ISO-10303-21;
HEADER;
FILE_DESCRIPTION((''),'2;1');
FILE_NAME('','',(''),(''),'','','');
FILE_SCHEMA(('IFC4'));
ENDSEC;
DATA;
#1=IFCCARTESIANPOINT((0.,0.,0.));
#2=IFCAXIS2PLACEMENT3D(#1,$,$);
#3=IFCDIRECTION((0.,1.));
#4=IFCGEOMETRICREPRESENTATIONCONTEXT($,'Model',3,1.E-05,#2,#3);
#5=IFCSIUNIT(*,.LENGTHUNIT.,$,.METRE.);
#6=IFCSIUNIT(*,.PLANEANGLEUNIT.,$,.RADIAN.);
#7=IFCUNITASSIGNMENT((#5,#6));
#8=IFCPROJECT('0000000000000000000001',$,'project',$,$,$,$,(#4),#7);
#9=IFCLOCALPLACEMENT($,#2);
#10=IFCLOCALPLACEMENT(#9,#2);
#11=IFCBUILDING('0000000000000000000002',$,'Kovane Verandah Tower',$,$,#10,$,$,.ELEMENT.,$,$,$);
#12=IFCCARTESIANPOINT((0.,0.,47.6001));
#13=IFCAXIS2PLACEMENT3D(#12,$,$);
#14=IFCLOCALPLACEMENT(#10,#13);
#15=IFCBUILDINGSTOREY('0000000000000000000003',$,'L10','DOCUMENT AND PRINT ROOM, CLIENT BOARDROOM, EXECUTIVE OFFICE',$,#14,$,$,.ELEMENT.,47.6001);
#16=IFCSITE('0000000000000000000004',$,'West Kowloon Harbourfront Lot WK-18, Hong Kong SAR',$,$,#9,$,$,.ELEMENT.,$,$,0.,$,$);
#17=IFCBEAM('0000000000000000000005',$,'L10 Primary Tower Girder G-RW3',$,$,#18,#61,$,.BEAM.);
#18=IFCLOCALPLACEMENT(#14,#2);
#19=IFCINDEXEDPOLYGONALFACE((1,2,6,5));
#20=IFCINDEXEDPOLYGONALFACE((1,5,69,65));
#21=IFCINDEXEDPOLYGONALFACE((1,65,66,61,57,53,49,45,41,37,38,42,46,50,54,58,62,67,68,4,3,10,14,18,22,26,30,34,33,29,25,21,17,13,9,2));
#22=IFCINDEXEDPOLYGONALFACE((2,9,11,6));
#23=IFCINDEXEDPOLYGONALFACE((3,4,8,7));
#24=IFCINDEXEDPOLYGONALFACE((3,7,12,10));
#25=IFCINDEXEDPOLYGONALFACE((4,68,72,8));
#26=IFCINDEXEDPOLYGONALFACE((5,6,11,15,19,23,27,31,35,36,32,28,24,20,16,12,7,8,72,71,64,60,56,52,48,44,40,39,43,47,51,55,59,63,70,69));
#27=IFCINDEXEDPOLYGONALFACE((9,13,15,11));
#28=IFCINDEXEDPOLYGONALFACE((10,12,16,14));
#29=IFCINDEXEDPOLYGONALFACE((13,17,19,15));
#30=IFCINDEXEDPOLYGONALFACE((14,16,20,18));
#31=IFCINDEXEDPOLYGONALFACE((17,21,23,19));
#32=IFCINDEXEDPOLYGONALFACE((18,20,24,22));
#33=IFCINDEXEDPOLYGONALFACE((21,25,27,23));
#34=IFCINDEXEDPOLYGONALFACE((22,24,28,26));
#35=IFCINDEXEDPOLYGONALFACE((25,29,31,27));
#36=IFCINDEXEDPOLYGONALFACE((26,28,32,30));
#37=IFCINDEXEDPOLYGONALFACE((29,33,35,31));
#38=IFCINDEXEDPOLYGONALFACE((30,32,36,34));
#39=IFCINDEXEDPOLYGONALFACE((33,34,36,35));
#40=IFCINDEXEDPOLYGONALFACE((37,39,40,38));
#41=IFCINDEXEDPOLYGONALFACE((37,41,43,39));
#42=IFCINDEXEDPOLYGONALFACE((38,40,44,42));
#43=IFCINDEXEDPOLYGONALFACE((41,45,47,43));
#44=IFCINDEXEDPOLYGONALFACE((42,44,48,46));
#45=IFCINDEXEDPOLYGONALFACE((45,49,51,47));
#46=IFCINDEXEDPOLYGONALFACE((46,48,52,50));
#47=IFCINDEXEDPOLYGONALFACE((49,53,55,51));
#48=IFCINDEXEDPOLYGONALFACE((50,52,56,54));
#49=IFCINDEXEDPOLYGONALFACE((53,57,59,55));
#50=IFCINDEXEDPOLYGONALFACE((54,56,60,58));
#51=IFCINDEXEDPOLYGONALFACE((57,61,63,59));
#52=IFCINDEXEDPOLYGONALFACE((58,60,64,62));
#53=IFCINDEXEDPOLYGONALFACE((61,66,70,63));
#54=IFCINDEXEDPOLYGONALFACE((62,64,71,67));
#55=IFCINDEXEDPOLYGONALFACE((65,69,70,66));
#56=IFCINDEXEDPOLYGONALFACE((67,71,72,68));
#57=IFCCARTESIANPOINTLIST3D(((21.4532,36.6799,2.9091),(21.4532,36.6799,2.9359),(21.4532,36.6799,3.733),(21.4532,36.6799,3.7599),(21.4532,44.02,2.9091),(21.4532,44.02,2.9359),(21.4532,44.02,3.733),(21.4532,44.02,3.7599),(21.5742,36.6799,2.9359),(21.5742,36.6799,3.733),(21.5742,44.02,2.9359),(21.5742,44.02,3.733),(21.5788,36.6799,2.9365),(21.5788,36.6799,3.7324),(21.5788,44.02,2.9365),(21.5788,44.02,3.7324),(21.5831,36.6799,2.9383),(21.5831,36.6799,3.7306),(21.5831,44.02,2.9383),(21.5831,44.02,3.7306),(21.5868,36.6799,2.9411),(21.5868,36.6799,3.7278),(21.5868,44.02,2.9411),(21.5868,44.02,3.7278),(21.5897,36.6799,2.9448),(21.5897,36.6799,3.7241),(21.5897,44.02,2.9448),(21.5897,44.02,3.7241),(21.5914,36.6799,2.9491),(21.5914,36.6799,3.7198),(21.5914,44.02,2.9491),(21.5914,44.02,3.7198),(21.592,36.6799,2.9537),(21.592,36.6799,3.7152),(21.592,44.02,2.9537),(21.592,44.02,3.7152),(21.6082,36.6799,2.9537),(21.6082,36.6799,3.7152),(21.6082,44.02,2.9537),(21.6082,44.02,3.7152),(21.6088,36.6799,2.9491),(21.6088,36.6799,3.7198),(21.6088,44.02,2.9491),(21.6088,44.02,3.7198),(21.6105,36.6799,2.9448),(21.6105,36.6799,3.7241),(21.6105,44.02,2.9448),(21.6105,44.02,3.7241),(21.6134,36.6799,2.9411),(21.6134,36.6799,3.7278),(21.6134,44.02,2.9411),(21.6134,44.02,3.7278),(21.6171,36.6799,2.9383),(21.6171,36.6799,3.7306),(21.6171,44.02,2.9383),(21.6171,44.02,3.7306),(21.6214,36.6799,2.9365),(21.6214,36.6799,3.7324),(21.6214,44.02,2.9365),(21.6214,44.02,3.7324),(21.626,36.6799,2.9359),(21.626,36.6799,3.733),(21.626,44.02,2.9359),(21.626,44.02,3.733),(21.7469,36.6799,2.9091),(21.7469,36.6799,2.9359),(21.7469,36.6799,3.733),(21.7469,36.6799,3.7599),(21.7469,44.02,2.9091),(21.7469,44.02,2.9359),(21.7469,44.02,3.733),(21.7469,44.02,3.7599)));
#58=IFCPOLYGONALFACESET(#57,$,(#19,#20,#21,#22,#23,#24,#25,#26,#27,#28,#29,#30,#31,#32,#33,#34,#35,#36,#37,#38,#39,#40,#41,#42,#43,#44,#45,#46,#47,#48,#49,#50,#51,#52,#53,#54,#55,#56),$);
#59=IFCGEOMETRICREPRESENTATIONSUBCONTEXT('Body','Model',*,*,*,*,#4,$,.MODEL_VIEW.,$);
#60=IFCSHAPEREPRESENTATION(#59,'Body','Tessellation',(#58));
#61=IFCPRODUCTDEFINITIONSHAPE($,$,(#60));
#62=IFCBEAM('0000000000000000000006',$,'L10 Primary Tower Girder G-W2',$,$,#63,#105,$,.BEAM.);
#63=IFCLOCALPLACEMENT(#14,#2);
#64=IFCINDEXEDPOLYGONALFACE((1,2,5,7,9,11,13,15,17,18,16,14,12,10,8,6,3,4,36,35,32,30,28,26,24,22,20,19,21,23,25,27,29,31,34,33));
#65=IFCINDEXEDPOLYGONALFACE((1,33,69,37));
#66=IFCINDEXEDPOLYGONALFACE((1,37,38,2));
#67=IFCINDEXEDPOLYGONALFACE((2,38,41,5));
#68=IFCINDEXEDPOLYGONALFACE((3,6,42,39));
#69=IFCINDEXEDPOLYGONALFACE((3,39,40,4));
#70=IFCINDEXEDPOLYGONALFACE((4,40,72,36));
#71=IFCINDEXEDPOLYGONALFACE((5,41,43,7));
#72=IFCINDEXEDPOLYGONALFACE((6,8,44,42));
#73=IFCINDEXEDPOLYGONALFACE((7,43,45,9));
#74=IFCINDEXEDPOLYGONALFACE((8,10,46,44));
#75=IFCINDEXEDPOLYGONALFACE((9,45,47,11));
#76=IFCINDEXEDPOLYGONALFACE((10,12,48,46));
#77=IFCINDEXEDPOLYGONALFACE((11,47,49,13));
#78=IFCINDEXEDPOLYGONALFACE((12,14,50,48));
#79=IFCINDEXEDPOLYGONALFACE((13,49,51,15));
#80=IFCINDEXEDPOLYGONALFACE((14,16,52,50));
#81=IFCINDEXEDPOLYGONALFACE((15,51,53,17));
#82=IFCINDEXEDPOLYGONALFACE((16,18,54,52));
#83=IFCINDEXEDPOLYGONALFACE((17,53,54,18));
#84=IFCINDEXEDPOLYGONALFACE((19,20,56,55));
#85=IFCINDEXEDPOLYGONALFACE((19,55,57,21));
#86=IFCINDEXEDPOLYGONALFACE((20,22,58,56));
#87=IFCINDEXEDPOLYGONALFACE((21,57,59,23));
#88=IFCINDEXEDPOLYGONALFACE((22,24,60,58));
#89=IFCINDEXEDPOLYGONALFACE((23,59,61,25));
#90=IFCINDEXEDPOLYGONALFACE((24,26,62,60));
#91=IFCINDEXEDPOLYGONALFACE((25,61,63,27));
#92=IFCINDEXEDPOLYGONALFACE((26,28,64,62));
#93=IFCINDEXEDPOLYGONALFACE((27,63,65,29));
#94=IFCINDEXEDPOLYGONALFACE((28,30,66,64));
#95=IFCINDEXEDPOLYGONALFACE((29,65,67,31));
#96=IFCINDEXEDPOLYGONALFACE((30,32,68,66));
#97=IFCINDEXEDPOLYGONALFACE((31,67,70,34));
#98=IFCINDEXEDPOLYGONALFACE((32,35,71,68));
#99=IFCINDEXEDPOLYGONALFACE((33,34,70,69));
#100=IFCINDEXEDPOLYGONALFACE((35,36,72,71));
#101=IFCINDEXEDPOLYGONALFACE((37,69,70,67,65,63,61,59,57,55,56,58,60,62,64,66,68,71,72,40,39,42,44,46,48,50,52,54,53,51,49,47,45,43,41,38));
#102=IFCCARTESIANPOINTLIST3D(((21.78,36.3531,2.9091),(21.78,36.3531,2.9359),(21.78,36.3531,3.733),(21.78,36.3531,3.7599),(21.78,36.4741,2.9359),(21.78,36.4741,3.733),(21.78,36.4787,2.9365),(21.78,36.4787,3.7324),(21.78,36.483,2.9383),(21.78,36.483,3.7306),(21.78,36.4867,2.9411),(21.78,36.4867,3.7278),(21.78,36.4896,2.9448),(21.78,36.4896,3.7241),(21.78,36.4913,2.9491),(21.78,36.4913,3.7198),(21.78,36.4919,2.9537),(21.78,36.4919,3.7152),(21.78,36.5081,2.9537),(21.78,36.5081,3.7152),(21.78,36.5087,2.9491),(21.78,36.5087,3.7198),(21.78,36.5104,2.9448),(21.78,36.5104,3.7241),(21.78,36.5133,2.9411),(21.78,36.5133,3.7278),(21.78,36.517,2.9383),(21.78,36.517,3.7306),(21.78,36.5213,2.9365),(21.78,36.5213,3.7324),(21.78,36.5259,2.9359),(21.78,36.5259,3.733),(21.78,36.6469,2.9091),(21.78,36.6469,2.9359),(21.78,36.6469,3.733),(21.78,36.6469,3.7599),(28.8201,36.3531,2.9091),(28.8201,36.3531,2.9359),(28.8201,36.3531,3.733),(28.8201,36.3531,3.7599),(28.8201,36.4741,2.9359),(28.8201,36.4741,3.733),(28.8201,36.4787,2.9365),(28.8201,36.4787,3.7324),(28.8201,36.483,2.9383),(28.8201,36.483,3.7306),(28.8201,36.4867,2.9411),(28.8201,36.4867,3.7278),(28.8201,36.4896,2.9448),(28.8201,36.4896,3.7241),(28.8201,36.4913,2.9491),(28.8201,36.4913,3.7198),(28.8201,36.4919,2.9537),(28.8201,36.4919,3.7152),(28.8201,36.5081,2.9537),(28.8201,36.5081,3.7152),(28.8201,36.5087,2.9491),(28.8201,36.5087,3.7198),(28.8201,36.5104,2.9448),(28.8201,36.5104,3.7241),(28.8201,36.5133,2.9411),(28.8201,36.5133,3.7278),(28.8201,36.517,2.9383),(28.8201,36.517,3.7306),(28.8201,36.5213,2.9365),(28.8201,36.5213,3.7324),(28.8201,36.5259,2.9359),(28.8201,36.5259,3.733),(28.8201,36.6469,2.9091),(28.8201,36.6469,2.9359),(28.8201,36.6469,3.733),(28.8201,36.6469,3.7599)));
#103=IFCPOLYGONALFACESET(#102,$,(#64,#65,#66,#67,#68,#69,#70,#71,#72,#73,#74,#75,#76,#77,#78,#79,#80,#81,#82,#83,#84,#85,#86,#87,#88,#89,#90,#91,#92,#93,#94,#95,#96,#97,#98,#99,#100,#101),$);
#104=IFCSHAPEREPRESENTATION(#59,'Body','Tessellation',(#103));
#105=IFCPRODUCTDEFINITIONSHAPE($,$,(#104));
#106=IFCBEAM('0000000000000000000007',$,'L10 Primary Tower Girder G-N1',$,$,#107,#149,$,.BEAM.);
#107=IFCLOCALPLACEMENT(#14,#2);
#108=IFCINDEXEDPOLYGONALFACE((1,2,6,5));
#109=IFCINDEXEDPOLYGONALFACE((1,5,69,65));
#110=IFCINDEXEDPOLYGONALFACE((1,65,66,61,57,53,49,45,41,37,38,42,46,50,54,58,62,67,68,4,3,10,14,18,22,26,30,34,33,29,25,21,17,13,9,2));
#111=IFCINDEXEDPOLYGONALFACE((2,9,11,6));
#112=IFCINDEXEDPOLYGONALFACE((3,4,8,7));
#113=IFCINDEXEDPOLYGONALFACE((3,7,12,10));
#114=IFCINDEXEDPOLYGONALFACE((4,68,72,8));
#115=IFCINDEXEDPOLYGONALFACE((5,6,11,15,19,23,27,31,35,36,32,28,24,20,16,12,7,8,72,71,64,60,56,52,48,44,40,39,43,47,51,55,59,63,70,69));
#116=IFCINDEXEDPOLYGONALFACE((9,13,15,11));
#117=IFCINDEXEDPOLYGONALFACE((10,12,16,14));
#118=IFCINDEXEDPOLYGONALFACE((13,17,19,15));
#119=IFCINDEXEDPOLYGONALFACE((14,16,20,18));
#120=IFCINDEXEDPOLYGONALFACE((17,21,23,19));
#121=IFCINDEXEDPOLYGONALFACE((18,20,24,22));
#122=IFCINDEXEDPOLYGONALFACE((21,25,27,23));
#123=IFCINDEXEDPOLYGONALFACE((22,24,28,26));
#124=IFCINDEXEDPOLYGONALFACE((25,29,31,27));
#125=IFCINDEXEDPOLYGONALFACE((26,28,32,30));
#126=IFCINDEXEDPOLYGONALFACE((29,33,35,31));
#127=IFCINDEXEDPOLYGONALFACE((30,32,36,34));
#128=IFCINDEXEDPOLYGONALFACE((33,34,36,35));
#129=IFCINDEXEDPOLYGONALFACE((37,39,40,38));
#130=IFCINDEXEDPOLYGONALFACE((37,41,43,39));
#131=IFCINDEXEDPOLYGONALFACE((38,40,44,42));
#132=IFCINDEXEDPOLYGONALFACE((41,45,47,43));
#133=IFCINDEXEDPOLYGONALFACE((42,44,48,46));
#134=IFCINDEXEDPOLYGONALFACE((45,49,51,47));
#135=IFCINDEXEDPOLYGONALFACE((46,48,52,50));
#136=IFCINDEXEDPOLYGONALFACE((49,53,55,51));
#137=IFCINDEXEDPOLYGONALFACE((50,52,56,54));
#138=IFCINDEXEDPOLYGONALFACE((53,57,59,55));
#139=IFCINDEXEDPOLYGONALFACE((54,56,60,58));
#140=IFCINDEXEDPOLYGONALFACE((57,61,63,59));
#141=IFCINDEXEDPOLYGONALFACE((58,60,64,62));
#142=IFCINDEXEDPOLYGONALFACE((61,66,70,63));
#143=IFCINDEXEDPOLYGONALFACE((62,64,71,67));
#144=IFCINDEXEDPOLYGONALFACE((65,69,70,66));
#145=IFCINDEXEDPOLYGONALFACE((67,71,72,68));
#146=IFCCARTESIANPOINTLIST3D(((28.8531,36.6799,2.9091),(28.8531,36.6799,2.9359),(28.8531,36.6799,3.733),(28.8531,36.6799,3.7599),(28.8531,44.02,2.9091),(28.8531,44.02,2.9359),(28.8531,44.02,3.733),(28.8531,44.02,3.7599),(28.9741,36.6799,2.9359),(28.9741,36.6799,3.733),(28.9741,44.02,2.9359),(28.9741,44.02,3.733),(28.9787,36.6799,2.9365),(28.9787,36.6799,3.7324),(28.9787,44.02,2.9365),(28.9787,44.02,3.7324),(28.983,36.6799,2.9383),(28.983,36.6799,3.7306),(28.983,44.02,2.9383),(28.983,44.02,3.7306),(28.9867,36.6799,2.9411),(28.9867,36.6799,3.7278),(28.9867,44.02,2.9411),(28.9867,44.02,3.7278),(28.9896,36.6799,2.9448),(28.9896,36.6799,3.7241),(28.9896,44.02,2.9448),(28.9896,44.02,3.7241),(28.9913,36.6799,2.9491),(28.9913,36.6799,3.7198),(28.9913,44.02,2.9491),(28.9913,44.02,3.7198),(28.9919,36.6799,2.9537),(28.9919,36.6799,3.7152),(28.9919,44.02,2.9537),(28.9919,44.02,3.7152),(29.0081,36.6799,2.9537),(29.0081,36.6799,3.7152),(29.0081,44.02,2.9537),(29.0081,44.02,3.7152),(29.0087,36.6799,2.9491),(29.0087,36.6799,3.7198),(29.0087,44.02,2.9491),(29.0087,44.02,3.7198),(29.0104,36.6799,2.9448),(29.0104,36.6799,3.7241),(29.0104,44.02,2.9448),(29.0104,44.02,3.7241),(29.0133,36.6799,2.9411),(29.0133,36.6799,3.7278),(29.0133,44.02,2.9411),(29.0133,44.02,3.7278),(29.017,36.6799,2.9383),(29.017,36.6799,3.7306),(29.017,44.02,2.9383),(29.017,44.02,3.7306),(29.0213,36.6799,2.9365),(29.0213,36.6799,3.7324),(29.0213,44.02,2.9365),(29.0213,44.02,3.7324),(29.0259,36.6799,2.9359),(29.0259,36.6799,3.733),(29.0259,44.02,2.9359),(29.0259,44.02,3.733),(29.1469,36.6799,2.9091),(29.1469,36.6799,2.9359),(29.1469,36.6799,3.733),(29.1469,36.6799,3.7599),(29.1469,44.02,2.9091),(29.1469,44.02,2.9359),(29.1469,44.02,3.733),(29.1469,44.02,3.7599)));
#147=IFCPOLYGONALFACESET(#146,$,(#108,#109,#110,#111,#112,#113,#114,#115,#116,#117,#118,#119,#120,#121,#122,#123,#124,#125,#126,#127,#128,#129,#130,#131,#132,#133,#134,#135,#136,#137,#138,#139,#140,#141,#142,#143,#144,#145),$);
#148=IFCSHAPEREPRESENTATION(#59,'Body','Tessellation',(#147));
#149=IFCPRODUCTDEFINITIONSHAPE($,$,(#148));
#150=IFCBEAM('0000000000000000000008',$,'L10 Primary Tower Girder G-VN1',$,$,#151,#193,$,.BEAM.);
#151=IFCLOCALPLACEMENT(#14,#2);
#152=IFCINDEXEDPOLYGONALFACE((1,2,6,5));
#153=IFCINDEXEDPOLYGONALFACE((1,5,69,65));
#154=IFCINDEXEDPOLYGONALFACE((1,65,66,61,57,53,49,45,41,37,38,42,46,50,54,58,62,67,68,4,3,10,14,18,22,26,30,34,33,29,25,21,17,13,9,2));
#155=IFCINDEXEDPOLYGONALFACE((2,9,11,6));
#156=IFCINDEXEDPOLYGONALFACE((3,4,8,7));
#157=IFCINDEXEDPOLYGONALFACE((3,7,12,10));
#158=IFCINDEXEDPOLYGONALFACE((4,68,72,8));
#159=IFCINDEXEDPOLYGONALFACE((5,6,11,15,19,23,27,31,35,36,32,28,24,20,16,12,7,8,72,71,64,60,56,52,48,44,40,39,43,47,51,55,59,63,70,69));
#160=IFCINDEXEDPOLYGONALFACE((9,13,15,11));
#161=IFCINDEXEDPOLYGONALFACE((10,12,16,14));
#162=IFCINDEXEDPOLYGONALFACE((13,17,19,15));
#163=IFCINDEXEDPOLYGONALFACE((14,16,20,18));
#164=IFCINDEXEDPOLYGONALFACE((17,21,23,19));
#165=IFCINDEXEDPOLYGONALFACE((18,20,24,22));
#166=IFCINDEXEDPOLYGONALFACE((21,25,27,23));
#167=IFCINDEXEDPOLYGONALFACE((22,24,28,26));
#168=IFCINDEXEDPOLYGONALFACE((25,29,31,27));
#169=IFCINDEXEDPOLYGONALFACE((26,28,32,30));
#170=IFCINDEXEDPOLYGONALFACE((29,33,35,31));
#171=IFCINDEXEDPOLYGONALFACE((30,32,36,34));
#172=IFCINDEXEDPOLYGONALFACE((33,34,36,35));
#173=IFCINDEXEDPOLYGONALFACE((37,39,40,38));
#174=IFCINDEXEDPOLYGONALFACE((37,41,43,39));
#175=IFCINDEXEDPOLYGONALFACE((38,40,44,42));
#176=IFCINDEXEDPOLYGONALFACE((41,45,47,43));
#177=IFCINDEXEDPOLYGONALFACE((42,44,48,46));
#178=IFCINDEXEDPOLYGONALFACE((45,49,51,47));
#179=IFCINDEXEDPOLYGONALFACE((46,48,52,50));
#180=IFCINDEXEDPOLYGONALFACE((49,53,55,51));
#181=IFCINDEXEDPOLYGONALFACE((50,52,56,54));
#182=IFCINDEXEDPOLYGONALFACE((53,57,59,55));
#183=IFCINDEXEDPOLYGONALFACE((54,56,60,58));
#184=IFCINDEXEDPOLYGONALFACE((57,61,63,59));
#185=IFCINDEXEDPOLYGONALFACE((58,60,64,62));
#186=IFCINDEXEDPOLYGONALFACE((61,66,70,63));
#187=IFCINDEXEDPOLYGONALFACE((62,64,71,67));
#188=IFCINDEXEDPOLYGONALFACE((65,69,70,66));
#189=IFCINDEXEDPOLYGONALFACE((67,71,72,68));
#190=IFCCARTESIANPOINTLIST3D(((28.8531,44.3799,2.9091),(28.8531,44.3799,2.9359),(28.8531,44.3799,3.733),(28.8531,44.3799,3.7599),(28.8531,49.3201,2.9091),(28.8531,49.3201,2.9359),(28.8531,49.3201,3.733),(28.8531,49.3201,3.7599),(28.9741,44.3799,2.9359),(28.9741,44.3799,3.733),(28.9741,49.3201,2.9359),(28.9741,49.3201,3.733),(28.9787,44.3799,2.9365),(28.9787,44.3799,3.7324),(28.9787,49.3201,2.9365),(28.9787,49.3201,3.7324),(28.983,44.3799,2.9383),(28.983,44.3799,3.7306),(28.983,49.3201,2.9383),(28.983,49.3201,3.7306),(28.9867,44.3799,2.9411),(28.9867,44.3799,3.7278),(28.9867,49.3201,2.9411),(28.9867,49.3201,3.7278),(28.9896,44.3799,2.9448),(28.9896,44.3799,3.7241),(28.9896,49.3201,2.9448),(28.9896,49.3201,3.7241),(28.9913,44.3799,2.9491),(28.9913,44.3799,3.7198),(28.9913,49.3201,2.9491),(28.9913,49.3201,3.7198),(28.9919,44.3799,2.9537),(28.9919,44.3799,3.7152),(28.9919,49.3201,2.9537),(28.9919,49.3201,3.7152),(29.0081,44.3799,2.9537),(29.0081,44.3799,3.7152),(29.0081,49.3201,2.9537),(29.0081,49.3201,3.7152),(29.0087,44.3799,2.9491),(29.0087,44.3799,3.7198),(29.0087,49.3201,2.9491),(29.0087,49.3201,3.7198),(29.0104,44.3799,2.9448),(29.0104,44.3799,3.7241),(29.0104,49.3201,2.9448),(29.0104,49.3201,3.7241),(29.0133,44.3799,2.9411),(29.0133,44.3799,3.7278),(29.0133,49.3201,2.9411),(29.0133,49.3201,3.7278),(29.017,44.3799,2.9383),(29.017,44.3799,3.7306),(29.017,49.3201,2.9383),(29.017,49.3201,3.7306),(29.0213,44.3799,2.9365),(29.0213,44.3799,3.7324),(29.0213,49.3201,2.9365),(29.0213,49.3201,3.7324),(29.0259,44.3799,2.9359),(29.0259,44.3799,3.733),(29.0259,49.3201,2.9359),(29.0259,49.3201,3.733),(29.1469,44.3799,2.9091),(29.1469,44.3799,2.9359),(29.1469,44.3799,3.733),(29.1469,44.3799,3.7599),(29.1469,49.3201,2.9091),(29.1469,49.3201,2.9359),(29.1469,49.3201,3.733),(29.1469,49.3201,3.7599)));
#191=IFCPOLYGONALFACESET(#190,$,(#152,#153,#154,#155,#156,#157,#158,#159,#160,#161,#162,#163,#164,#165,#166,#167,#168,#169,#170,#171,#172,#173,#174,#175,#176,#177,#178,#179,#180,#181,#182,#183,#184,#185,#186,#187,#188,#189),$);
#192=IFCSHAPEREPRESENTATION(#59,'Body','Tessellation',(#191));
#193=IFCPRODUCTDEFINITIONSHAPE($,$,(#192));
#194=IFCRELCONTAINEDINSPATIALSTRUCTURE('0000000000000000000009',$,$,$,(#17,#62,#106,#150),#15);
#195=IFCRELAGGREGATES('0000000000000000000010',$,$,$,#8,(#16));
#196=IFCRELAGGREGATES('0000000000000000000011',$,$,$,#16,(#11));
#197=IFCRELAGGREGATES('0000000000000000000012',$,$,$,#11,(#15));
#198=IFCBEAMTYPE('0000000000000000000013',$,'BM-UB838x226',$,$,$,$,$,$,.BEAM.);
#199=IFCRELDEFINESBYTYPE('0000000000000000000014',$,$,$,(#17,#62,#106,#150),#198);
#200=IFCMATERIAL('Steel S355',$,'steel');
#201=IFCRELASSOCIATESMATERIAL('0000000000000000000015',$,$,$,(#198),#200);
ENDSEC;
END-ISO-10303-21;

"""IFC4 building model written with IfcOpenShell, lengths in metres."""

from ifc_helpers import new_model, si_unit, direction, frame, origin, origin_2d, place, context, subcontext, project, spatial, i_section, extrude, material, material_profile, profile_set, type_object, element, save


model = new_model("IFC4")

# Units and contexts
model_context = context("Model", 3, precision=1e-05, world=origin(), true_north=direction((0.0, 1.0)))
body_context = subcontext(model_context, "Body", "Model", "MODEL_VIEW")
ifc_project = project(units=[si_unit("LENGTHUNIT", "METRE"), si_unit("PLANEANGLEUNIT", "RADIAN")], contexts=[model_context])

# Site, building, storey
site_placement = place(None, origin())
site = spatial("IfcSite", under=ifc_project, at=site_placement, Name="West Kowloon Harbourfront Lot WK-18, Hong Kong SAR", CompositionType="ELEMENT", RefElevation=0.0)
building_placement = place(site_placement, origin())
building = spatial("IfcBuilding", under=site, at=building_placement, Name="Kovane Verandah Tower", CompositionType="ELEMENT")
storey_placement = place(building_placement, frame((0.0, 0.0, 47.6001)))
storey = spatial("IfcBuildingStorey", under=building, at=storey_placement, Name="L10", Description="DOCUMENT AND PRINT ROOM, CLIENT BOARDROOM, EXECUTIVE OFFICE", CompositionType="ELEMENT", Elevation=47.6001)

# Beams
ifc_material_1 = material(Name="Steel S355", Category="steel")
ifc_material_profile_1 = material_profile(ifc_material_1, i_section(OverallWidth=0.2937, OverallDepth=0.8508, WebThickness=0.0161, FlangeThickness=0.0269, FilletRadius=0.0178, at=origin_2d()), Name="UB838x292x226")
ifc_profile_set_1 = profile_set([ifc_material_profile_1], Name="Steel S355")
beam_type_1 = type_object("IfcBeamType", Name="BM-UB838x226", PredefinedType="BEAM", material=ifc_profile_set_1)
beam_1_placement = place(storey_placement, frame((21.6001, 36.6799, 3.3345), z_axis=(0.0, 1.0, 0.0), x_axis=(-1.0, 0.0, 0.0)))
element("IfcBeam", 1, at=beam_1_placement, inside=storey, type_object=beam_type_1, Name="L10 Primary Tower Girder G-RW3", PredefinedType="BEAM", context=body_context, shape_type="SweptSolid", body=[
    extrude(i_section(OverallWidth=0.2937, OverallDepth=0.8508, WebThickness=0.0161, FlangeThickness=0.0269, FilletRadius=0.0178, at=origin_2d()), origin(), (0.0, 0.0, 1.0), 7.3401),
])
beam_2_placement = place(storey_placement, frame((28.8201, 36.5, 3.3345), z_axis=(-1.0, 0.0, 0.0), x_axis=(0.0, -1.0, 0.0)))
element("IfcBeam", 2, at=beam_2_placement, inside=storey, type_object=beam_type_1, Name="L10 Primary Tower Girder G-W2", PredefinedType="BEAM", context=body_context, shape_type="SweptSolid", body=[
    extrude(i_section(OverallWidth=0.2937, OverallDepth=0.8508, WebThickness=0.0161, FlangeThickness=0.0269, FilletRadius=0.0178, at=origin_2d()), origin(), (0.0, 0.0, 1.0), 7.04),
])
beam_3_placement = place(storey_placement, frame((29.0, 36.6799, 3.3345), z_axis=(0.0, 1.0, 0.0), x_axis=(-1.0, 0.0, 0.0)))
element("IfcBeam", 3, at=beam_3_placement, inside=storey, type_object=beam_type_1, Name="L10 Primary Tower Girder G-N1", PredefinedType="BEAM", context=body_context, shape_type="SweptSolid", body=[
    extrude(i_section(OverallWidth=0.2937, OverallDepth=0.8508, WebThickness=0.0161, FlangeThickness=0.0269, FilletRadius=0.0178, at=origin_2d()), origin(), (0.0, 0.0, 1.0), 7.3401),
])
beam_4_placement = place(storey_placement, frame((29.0, 44.3799, 3.3345), z_axis=(0.0, 1.0, 0.0), x_axis=(-1.0, 0.0, 0.0)))
element("IfcBeam", 4, at=beam_4_placement, inside=storey, type_object=beam_type_1, Name="L10 Primary Tower Girder G-VN1", PredefinedType="BEAM", context=body_context, shape_type="SweptSolid", body=[
    extrude(i_section(OverallWidth=0.2937, OverallDepth=0.8508, WebThickness=0.0161, FlangeThickness=0.0269, FilletRadius=0.0178, at=origin_2d()), origin(), (0.0, 0.0, 1.0), 4.9402),
])

save(model, "model.ifc")
